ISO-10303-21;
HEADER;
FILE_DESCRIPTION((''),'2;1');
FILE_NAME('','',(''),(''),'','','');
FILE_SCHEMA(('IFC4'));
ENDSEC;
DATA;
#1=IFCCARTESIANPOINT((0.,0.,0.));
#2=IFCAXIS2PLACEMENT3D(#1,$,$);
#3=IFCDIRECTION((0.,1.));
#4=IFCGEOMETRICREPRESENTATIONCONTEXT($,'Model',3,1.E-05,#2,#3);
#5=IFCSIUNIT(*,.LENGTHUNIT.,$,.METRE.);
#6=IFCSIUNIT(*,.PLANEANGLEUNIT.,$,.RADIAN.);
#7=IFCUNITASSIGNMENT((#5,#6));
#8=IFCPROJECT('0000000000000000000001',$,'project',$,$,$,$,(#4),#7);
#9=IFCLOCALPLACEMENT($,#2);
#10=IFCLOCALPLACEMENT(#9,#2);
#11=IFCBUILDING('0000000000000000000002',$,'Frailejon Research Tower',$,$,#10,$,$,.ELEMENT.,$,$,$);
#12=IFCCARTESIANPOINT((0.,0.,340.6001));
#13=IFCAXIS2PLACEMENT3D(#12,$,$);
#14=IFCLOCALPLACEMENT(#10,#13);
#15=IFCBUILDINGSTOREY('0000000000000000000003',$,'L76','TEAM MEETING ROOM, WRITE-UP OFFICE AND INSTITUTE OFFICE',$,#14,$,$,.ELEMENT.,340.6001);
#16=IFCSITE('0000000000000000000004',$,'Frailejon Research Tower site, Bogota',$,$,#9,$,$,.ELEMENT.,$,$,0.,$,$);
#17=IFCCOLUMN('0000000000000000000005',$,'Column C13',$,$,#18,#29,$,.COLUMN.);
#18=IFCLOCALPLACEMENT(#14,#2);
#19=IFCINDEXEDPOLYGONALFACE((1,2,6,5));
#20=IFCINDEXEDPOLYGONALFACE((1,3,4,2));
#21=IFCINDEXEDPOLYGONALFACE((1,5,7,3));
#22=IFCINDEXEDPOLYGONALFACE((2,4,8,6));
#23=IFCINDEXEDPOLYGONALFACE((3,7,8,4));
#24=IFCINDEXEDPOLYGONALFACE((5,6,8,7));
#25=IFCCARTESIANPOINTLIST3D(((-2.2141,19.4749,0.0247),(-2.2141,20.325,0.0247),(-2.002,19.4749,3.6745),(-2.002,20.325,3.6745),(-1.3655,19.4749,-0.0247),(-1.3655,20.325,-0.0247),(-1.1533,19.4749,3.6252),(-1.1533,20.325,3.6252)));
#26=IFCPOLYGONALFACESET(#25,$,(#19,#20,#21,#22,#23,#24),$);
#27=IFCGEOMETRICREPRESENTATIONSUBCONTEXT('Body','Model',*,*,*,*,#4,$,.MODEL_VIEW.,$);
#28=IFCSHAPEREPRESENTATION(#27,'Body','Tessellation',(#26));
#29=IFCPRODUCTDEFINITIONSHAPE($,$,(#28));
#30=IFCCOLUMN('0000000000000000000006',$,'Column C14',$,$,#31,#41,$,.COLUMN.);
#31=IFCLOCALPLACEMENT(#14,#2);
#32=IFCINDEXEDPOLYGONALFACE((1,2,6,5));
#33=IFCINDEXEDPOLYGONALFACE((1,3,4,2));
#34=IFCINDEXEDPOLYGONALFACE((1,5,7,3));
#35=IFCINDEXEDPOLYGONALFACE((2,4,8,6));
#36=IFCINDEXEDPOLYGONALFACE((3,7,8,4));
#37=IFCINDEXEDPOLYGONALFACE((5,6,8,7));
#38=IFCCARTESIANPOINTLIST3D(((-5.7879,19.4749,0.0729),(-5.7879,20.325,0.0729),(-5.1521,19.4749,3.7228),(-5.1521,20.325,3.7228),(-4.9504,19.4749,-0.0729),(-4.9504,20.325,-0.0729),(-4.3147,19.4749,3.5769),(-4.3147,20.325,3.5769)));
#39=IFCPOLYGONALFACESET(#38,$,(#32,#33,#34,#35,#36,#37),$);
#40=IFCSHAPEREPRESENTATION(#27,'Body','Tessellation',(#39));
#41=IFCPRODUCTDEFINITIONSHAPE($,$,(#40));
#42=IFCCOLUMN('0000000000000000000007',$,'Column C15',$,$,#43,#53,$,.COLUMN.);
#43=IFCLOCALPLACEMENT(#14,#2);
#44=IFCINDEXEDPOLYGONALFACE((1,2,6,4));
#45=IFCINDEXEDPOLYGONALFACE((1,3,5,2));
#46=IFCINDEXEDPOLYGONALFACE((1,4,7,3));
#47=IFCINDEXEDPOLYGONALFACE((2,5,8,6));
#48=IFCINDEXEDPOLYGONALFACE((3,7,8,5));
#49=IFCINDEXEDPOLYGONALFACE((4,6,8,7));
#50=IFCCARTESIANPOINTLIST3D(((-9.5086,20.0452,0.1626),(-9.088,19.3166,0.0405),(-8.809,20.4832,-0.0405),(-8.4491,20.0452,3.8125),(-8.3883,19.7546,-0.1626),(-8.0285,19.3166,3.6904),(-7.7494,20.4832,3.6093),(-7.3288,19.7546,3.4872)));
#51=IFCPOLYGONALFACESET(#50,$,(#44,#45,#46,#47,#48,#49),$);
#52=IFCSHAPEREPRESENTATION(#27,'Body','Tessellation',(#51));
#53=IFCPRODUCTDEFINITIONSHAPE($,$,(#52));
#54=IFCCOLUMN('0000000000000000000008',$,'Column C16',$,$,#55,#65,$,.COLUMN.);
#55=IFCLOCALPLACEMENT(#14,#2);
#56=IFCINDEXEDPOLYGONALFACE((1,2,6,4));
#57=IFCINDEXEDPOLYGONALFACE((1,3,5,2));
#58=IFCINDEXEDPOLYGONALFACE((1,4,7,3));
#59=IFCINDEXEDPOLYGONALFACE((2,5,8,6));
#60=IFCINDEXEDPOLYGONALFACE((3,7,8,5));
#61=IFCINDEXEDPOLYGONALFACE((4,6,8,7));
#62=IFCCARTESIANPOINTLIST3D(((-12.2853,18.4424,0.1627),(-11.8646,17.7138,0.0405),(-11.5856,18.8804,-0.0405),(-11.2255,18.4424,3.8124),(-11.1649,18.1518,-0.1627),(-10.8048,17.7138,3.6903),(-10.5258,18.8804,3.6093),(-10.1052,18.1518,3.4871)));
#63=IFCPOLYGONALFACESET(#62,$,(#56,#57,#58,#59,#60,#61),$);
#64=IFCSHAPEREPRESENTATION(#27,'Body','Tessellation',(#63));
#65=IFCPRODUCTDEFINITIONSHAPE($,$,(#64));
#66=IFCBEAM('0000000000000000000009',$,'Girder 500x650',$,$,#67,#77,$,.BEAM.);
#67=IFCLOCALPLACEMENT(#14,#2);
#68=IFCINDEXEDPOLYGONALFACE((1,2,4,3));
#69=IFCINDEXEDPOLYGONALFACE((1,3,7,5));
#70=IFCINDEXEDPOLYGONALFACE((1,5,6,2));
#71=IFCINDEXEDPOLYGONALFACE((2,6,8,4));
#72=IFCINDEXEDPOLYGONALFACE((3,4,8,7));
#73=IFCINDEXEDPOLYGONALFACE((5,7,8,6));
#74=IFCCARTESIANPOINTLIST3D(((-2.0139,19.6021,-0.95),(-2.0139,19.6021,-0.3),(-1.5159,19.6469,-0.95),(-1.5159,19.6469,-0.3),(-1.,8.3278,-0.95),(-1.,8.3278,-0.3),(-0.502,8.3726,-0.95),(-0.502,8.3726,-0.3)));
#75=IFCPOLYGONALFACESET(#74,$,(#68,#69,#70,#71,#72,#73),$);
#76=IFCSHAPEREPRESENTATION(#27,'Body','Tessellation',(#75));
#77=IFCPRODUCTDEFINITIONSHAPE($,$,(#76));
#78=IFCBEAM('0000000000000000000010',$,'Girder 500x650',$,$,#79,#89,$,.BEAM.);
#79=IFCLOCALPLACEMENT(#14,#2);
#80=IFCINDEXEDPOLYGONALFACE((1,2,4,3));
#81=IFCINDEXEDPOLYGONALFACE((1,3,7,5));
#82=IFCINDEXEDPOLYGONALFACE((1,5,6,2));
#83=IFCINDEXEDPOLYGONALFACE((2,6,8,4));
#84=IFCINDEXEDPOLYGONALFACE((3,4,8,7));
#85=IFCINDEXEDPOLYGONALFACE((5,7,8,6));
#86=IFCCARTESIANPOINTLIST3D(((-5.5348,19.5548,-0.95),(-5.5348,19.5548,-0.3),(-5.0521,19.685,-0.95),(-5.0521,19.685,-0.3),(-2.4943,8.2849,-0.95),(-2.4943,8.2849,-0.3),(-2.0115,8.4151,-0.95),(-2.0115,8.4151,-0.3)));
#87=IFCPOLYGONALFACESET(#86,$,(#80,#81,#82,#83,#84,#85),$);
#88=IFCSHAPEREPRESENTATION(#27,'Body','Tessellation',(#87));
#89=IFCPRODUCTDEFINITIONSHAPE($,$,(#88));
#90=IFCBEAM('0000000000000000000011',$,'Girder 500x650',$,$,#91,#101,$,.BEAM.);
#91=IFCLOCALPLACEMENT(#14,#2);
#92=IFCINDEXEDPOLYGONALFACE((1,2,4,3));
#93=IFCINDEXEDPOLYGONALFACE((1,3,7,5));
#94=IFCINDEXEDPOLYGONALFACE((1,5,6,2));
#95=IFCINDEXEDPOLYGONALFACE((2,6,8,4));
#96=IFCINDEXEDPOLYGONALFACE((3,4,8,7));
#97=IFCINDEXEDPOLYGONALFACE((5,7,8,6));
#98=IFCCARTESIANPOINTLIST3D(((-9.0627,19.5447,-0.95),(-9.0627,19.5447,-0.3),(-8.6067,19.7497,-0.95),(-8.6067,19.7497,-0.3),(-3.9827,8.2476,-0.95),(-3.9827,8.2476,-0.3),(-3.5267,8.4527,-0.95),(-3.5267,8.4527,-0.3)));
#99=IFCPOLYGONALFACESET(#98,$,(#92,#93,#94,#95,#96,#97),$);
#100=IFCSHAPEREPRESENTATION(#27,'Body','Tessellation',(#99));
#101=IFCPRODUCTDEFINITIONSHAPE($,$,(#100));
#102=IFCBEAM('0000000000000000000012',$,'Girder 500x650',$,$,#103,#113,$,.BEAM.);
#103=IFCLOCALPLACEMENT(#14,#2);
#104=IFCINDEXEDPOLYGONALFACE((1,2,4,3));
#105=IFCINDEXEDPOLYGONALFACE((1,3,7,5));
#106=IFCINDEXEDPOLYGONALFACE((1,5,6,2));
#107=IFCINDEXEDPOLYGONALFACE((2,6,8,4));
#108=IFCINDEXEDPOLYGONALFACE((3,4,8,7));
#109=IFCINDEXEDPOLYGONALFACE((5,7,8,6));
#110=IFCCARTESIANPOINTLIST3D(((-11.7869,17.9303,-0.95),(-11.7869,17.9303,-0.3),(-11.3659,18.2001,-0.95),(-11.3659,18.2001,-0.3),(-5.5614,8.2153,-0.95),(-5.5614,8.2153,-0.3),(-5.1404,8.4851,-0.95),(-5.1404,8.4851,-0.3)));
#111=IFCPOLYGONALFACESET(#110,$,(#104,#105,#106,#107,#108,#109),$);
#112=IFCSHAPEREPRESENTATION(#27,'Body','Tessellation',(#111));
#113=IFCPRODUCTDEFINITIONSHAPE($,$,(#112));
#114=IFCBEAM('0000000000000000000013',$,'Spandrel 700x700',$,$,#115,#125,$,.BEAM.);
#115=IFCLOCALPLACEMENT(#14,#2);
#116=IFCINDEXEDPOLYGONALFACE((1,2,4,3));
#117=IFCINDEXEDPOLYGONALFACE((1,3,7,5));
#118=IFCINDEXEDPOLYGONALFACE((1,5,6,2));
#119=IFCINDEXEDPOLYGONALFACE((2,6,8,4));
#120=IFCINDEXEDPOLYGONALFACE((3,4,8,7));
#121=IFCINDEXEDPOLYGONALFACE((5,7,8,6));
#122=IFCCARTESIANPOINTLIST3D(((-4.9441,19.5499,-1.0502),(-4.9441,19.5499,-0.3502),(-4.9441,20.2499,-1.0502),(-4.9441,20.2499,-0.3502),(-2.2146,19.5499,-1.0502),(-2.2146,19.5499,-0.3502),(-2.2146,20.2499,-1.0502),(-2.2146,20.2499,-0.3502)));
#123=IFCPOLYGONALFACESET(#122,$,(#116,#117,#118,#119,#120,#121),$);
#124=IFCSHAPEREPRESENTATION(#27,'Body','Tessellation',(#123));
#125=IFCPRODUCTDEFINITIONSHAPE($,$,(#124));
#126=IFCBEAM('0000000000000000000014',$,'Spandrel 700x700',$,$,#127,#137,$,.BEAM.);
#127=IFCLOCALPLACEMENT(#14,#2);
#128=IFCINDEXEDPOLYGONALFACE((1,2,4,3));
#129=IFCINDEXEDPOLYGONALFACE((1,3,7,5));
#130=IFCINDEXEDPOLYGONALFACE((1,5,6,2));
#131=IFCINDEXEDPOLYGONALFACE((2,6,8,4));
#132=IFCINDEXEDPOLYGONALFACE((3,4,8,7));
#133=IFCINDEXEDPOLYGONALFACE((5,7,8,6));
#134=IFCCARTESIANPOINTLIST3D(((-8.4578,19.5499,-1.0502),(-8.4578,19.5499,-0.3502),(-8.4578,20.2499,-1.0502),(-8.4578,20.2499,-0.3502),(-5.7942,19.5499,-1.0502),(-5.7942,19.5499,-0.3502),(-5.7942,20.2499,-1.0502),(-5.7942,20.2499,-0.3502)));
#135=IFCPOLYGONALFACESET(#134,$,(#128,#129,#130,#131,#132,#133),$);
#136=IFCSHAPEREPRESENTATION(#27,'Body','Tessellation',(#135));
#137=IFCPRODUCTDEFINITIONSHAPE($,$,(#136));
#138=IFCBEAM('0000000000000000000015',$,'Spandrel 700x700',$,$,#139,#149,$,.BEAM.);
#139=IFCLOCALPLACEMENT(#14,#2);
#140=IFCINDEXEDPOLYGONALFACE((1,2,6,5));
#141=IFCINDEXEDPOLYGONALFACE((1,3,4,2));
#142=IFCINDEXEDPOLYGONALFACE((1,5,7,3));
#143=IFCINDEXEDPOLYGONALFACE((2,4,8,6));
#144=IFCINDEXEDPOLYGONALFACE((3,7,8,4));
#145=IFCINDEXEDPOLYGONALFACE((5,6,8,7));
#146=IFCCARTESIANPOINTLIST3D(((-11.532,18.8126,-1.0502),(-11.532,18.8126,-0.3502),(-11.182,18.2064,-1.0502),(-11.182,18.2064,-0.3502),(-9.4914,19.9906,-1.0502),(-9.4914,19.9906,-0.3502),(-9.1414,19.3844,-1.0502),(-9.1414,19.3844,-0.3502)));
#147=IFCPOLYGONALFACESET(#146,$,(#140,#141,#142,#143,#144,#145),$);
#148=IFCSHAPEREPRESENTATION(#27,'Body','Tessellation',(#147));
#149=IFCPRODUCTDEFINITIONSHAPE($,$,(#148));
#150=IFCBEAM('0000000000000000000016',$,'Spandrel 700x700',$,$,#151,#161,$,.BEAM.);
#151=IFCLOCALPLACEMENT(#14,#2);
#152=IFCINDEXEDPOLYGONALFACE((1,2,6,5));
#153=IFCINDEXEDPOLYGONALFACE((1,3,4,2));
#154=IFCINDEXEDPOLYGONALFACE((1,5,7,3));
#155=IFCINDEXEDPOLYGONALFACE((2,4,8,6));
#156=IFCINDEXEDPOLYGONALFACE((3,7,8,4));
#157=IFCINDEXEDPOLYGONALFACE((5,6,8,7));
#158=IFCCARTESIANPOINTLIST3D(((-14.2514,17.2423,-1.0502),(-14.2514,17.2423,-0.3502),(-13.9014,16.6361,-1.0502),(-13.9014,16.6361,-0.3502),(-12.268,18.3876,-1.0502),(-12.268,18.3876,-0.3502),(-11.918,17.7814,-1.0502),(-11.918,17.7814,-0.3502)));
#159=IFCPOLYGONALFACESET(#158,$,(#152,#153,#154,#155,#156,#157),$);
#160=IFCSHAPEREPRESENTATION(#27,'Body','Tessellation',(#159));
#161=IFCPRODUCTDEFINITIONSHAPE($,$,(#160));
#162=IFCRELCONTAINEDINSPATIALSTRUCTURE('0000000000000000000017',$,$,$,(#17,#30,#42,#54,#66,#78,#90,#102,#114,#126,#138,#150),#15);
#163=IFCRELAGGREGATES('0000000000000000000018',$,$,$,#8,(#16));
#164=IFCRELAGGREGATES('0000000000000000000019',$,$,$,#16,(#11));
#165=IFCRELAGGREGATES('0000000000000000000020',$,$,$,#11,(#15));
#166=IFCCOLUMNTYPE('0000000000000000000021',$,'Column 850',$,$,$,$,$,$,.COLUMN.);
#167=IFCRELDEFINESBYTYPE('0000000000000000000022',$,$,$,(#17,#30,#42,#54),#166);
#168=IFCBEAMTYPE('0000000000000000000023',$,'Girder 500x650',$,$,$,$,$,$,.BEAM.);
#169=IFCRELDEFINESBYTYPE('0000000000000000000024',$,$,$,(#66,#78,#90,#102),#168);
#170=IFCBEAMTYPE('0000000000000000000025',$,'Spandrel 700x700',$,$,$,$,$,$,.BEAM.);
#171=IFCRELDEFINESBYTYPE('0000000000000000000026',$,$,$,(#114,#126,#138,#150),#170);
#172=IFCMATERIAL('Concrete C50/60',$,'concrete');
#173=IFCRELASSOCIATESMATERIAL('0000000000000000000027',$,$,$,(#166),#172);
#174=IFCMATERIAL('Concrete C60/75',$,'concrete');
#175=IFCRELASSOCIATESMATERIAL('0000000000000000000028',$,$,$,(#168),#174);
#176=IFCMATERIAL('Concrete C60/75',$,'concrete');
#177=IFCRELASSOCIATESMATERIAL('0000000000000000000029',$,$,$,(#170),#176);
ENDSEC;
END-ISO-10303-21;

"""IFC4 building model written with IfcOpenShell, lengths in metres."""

from ifc_helpers import new_model, si_unit, direction, frame, origin, origin_2d, place, context, subcontext, project, spatial, rectangle, extrude, material, material_profile, profile_set, type_object, element, save


model = new_model("IFC4")

# Units and contexts
model_context = context("Model", 3, precision=1e-05, world=origin(), true_north=direction((0.0, 1.0)))
body_context = subcontext(model_context, "Body", "Model", "MODEL_VIEW")
ifc_project = project(units=[si_unit("LENGTHUNIT", "METRE"), si_unit("PLANEANGLEUNIT", "RADIAN")], contexts=[model_context])

# Site, building, storey
site_placement = place(None, origin())
site = spatial("IfcSite", under=ifc_project, at=site_placement, Name="Frailejon Research Tower site, Bogota", CompositionType="ELEMENT", RefElevation=0.0)
building_placement = place(site_placement, origin())
building = spatial("IfcBuilding", under=site, at=building_placement, Name="Frailejon Research Tower", CompositionType="ELEMENT")
storey_placement = place(building_placement, frame((0.0, 0.0, 340.6001)))
storey = spatial("IfcBuildingStorey", under=building, at=storey_placement, Name="L76", Description="TEAM MEETING ROOM, WRITE-UP OFFICE AND INSTITUTE OFFICE", CompositionType="ELEMENT", Elevation=340.6001)

# Columns
ifc_material_1 = material(Name="Concrete C50/60", Category="concrete")
ifc_material_profile_1 = material_profile(ifc_material_1, rectangle(XDim=0.8501, YDim=0.8501, at=origin_2d()), Name="Column 850")
ifc_profile_set_1 = profile_set([ifc_material_profile_1], Name="Concrete C50/60")
column_type = type_object("IfcColumnType", Name="Column 850", PredefinedType="COLUMN", material=ifc_profile_set_1)
column_1_placement = place(storey_placement, frame((-1.7898, 19.8999, 0.0), z_axis=(0.058029, 0.0, 0.998315), x_axis=(-0.998315, 0.0, 0.058029)))
element("IfcColumn", 1, at=column_1_placement, inside=storey, type_object=column_type, Name="Column C13", PredefinedType="COLUMN", context=body_context, shape_type="SweptSolid", body=[
    extrude(rectangle(XDim=0.8501, YDim=0.8501, at=origin_2d()), origin(), (0.0, 0.0, 1.0), 3.656),
])
column_2_placement = place(storey_placement, frame((-5.3691, 19.8999, 0.0), z_axis=(0.171597, 0.0, 0.985167), x_axis=(-0.985167, 0.0, 0.171597)))
element("IfcColumn", 2, at=column_2_placement, inside=storey, type_object=column_type, Name="Column C14", PredefinedType="COLUMN", context=body_context, shape_type="SweptSolid", body=[
    extrude(rectangle(XDim=0.8501, YDim=0.8501, at=origin_2d()), origin(), (0.0, 0.0, 1.0), 3.7048),
])
for number, where, z_axis, x_axis, name in (
    (3, (-8.9485, 19.8999, 0.0), (0.278791, 0.0, 0.960352), (-0.823064, -0.515243, 0.238936), "Column C15"),
    (4, (-11.7251, 18.2971, 0.0), (0.27885, 0.0, 0.960335), (-0.823049, -0.515243, 0.238987), "Column C16"),
):
    element("IfcColumn", number, at=place(storey_placement, frame(where, z_axis=z_axis, x_axis=x_axis)), inside=storey, type_object=column_type, Name=name, PredefinedType="COLUMN", context=body_context, shape_type="SweptSolid", body=[
        extrude(rectangle(XDim=0.8501, YDim=0.8501, at=origin_2d()), origin(), (0.0, 0.0, 1.0), 3.8005),
    ])

# Beams
ifc_material_2 = material(Name="Concrete C60/75", Category="concrete")
ifc_material_profile_2 = material_profile(ifc_material_2, rectangle(XDim=0.5, YDim=0.6499, at=origin_2d()), Name="Girder 500x650")
ifc_profile_set_2 = profile_set([ifc_material_profile_2], Name="Concrete C60/75")
beam_type_1 = type_object("IfcBeamType", Name="Girder 500x650", PredefinedType="BEAM", material=ifc_profile_set_2)
beam_1_placement = place(storey_placement, frame((-1.7649, 19.6245, -0.625), z_axis=(0.089569, -0.995981, 0.0), x_axis=(0.995981, 0.089569, 0.0)))
element("IfcBeam", 5, at=beam_1_placement, inside=storey, type_object=beam_type_1, Name="Girder 500x650", PredefinedType="BEAM", context=body_context, shape_type="SweptSolid", body=[
    extrude(rectangle(XDim=0.5, YDim=0.6499, at=origin_2d()), origin(), (0.0, 0.0, 1.0), 11.3198),
])
beam_2_placement = place(storey_placement, frame((-5.2935, 19.6199, -0.625), z_axis=(0.260481, -0.965479, 0.0), x_axis=(0.965479, 0.260481, 0.0)))
element("IfcBeam", 6, at=beam_2_placement, inside=storey, type_object=beam_type_1, Name="Girder 500x650", PredefinedType="BEAM", context=body_context, shape_type="SweptSolid", body=[
    extrude(rectangle(XDim=0.5, YDim=0.6499, at=origin_2d()), origin(), (0.0, 0.0, 1.0), 11.6729),
])
beam_3_placement = place(storey_placement, frame((-8.8347, 19.6472, -0.625), z_axis=(0.410121, -0.912031, 0.0), x_axis=(0.912031, 0.410121, 0.0)))
element("IfcBeam", 7, at=beam_3_placement, inside=storey, type_object=beam_type_1, Name="Girder 500x650", PredefinedType="BEAM", context=body_context, shape_type="SweptSolid", body=[
    extrude(rectangle(XDim=0.5, YDim=0.6499, at=origin_2d()), origin(), (0.0, 0.0, 1.0), 12.3867),
])
beam_4_placement = place(storey_placement, frame((-11.5764, 18.0652, -0.625), z_axis=(0.539541, -0.841959, 0.0), x_axis=(0.841959, 0.539541, 0.0)))
element("IfcBeam", 8, at=beam_4_placement, inside=storey, type_object=beam_type_1, Name="Girder 500x650", PredefinedType="BEAM", context=body_context, shape_type="SweptSolid", body=[
    extrude(rectangle(XDim=0.5, YDim=0.6499, at=origin_2d()), origin(), (0.0, 0.0, 1.0), 11.5386),
])
ifc_material_3 = material(Name="Concrete C60/75", Category="concrete")
ifc_material_profile_3 = material_profile(ifc_material_3, rectangle(XDim=0.7, YDim=0.7, at=origin_2d()), Name="Spandrel 700x700")
ifc_profile_set_3 = profile_set([ifc_material_profile_3], Name="Concrete C60/75")
beam_type_2 = type_object("IfcBeamType", Name="Spandrel 700x700", PredefinedType="BEAM", material=ifc_profile_set_3)
beam_5_placement = place(storey_placement, frame((-2.2146, 19.8999, -0.7002), z_axis=(-1.0, 0.0, 0.0), x_axis=(0.0, -1.0, 0.0)))
element("IfcBeam", 9, at=beam_5_placement, inside=storey, type_object=beam_type_2, Name="Spandrel 700x700", PredefinedType="BEAM", context=body_context, shape_type="SweptSolid", body=[
    extrude(rectangle(XDim=0.7, YDim=0.7, at=origin_2d()), origin(), (0.0, 0.0, 1.0), 2.7295),
])
beam_6_placement = place(storey_placement, frame((-5.7942, 19.8999, -0.7002), z_axis=(-1.0, 0.0, 0.0), x_axis=(0.0, -1.0, 0.0)))
element("IfcBeam", 10, at=beam_6_placement, inside=storey, type_object=beam_type_2, Name="Spandrel 700x700", PredefinedType="BEAM", context=body_context, shape_type="SweptSolid", body=[
    extrude(rectangle(XDim=0.7, YDim=0.7, at=origin_2d()), origin(), (0.0, 0.0, 1.0), 2.6636),
])
beam_7_placement = place(storey_placement, frame((-9.3164, 19.6875, -0.7002), z_axis=(-0.866048, -0.499962, 0.0), x_axis=(0.499962, -0.866048, 0.0)))
element("IfcBeam", 11, at=beam_7_placement, inside=storey, type_object=beam_type_2, Name="Spandrel 700x700", PredefinedType="BEAM", context=body_context, shape_type="SweptSolid", body=[
    extrude(rectangle(XDim=0.7, YDim=0.7, at=origin_2d()), origin(), (0.0, 0.0, 1.0), 2.3562),
])
beam_8_placement = place(storey_placement, frame((-12.093, 18.0845, -0.7002), z_axis=(-0.865997, -0.500048, 0.0), x_axis=(0.500048, -0.865997, 0.0)))
element("IfcBeam", 12, at=beam_8_placement, inside=storey, type_object=beam_type_2, Name="Spandrel 700x700", PredefinedType="BEAM", context=body_context, shape_type="SweptSolid", body=[
    extrude(rectangle(XDim=0.7, YDim=0.7, at=origin_2d()), origin(), (0.0, 0.0, 1.0), 2.2903),
])

save(model, "model.ifc")
